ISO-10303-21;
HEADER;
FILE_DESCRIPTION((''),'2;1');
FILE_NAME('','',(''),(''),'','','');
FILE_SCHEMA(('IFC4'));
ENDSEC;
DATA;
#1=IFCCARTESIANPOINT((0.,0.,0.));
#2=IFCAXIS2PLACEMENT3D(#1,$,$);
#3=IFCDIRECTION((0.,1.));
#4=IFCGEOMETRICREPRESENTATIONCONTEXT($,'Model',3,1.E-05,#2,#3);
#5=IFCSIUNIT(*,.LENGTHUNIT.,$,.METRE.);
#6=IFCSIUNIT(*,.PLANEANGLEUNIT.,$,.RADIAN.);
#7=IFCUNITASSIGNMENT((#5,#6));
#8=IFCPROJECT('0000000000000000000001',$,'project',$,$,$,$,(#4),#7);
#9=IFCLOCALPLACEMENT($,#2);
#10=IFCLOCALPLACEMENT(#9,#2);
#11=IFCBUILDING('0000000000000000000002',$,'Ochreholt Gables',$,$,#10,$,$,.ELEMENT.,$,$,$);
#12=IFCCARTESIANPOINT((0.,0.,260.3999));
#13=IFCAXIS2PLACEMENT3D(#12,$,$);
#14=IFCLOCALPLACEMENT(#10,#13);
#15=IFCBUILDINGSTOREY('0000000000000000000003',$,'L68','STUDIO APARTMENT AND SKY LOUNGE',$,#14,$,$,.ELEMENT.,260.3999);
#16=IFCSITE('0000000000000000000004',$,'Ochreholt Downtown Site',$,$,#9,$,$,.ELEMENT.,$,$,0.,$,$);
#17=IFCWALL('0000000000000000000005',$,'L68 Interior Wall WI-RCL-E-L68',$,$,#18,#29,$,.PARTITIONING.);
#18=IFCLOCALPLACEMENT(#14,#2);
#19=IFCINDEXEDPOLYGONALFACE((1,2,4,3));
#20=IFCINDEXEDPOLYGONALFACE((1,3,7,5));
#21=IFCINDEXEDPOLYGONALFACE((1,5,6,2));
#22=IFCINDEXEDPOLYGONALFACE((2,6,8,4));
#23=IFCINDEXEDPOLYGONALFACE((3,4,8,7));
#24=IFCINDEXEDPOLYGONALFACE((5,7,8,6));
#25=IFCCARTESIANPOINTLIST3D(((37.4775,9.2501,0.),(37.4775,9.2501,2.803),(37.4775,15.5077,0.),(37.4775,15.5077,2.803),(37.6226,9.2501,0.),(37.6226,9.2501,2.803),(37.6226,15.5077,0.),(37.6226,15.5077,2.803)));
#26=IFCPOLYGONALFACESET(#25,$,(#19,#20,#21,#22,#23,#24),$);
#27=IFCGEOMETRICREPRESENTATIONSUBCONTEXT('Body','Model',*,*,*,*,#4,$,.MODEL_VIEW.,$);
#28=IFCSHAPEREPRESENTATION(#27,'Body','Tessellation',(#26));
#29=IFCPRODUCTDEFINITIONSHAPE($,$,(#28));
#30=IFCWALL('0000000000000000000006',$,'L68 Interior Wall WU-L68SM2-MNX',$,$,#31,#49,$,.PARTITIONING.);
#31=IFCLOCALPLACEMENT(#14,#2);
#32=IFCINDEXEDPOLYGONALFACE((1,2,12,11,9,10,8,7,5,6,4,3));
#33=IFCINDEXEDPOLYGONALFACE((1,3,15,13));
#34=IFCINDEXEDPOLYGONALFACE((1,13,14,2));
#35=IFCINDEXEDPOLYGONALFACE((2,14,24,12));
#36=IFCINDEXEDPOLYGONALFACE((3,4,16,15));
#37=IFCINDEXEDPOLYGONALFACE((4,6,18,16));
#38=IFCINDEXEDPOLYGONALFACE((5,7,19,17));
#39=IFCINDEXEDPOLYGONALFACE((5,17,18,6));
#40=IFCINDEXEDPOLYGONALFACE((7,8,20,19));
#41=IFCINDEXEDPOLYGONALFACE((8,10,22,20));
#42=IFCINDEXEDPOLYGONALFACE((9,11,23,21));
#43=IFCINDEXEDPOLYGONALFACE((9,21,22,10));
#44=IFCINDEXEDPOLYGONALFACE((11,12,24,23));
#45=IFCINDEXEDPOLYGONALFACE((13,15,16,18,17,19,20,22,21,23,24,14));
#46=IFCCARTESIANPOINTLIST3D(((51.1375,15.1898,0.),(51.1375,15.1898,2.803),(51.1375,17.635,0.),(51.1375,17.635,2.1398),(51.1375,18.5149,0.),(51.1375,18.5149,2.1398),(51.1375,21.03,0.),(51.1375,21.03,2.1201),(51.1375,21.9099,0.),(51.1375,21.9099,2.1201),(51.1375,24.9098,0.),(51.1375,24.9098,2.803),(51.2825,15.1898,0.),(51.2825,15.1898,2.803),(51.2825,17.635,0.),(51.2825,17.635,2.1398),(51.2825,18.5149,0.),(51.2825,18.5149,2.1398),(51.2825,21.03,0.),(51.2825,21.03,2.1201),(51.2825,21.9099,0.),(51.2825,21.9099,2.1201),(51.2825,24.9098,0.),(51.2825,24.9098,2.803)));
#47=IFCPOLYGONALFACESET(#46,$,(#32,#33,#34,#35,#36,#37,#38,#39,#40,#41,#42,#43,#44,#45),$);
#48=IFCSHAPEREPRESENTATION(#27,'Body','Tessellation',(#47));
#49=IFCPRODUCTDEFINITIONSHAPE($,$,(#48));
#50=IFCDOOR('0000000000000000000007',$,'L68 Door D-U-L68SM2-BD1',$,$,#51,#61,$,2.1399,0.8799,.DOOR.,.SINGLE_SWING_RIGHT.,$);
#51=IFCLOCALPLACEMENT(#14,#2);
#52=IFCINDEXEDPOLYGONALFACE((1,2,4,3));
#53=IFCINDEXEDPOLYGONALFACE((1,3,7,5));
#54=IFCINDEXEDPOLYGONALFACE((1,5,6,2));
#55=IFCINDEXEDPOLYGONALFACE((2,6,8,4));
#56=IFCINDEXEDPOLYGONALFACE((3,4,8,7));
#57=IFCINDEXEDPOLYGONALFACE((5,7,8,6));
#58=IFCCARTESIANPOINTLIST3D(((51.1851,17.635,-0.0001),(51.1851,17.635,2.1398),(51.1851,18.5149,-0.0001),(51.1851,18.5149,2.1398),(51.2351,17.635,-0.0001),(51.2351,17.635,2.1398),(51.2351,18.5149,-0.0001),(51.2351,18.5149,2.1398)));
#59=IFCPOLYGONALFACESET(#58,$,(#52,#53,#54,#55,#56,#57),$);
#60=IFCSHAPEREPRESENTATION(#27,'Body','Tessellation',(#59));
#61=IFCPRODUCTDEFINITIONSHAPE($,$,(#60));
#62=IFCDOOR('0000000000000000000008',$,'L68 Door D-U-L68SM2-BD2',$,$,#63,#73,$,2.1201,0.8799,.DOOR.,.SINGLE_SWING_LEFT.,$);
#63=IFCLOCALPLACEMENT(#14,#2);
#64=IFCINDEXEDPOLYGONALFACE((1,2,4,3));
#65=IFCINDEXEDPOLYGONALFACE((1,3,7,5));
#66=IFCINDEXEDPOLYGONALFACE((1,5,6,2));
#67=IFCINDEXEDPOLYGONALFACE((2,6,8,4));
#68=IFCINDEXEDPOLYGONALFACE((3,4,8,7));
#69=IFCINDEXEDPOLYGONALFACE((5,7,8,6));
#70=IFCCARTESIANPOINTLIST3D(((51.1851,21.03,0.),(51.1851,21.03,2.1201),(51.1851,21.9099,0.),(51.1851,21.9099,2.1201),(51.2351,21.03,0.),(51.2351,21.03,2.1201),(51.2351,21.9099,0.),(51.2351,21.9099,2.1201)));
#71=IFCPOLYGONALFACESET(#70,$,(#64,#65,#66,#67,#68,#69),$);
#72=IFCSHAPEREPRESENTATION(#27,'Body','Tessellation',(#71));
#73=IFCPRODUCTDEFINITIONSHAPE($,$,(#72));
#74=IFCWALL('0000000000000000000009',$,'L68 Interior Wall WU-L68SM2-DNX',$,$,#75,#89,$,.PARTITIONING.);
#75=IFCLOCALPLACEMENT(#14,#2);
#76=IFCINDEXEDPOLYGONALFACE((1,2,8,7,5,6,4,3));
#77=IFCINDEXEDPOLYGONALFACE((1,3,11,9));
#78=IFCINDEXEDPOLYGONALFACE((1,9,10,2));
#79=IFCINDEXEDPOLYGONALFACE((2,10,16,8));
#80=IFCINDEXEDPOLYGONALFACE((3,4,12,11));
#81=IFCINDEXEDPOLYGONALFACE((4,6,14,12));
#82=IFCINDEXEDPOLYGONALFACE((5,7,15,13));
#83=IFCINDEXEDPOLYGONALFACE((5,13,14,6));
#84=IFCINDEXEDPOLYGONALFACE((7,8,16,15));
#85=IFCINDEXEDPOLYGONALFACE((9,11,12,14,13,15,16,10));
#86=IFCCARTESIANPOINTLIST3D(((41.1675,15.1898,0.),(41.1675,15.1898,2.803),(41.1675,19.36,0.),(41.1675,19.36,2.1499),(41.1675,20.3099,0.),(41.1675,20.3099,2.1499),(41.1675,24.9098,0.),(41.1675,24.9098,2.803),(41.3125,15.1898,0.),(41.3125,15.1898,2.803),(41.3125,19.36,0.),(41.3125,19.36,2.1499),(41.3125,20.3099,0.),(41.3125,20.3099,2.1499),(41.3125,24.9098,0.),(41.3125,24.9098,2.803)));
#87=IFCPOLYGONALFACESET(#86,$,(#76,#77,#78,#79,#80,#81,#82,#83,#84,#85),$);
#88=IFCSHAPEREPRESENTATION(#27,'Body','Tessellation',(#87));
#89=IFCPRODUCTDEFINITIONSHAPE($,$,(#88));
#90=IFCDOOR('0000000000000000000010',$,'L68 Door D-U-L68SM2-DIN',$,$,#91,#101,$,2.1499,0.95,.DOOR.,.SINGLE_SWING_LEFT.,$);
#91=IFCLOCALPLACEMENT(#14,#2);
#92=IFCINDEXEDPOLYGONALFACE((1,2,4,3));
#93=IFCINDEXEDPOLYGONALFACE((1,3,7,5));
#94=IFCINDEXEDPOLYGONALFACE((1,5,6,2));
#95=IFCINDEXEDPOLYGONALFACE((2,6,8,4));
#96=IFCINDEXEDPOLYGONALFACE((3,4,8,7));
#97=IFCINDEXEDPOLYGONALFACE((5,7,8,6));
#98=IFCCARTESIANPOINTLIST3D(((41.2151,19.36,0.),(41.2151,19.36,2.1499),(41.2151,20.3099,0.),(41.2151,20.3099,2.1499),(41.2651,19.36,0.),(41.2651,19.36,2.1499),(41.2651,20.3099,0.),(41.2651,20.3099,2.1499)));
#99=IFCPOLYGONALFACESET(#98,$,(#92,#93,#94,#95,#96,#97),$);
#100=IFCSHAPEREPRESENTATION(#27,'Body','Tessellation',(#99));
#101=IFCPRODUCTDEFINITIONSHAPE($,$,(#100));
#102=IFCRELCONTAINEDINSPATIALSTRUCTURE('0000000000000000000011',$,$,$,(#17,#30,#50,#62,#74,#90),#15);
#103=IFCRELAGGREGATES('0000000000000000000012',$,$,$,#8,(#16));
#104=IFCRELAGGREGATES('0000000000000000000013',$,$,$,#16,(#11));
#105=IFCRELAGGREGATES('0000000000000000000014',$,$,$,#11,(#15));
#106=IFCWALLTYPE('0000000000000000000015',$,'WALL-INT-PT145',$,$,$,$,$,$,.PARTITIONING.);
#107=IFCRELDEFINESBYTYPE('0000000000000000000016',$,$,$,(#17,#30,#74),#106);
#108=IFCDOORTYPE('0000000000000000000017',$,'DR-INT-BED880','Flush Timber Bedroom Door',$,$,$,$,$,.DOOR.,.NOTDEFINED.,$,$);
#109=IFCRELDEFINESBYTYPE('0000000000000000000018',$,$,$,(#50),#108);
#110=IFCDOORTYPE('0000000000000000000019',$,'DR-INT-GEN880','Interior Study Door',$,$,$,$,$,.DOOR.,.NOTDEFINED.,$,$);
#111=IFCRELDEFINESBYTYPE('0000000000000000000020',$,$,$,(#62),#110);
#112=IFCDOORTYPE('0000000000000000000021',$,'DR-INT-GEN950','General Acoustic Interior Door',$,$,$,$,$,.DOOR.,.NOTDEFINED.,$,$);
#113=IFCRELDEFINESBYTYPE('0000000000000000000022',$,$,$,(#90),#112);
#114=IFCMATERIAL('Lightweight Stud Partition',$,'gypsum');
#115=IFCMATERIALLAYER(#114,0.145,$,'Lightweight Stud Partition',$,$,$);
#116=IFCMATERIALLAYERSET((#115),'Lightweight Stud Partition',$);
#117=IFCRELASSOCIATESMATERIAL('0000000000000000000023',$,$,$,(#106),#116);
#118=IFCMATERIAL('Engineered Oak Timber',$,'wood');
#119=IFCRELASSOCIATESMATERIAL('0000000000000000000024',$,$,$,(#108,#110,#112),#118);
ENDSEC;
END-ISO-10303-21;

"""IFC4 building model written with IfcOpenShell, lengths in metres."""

from ifc_helpers import new_model, si_unit, direction, frame, frame_2d, origin, place, context, subcontext, project, spatial, rectangle, extrude, material, layer, layer_set, type_object, element, fill, save


model = new_model("IFC4")

# Units and contexts
model_context = context("Model", 3, precision=1e-05, world=origin(), true_north=direction((0.0, 1.0)))
body_context = subcontext(model_context, "Body", "Model", "MODEL_VIEW")
ifc_project = project(units=[si_unit("LENGTHUNIT", "METRE"), si_unit("PLANEANGLEUNIT", "RADIAN")], contexts=[model_context])

# Site, building, storey
site_placement = place(None, origin())
site = spatial("IfcSite", under=ifc_project, at=site_placement, Name="Ochreholt Downtown Site", CompositionType="ELEMENT", RefElevation=0.0)
building_placement = place(site_placement, origin())
building = spatial("IfcBuilding", under=site, at=building_placement, Name="Ochreholt Gables", CompositionType="ELEMENT")
storey_placement = place(building_placement, frame((0.0, 0.0, 260.3999)))
storey = spatial("IfcBuildingStorey", under=building, at=storey_placement, Name="L68", Description="STUDIO APARTMENT AND SKY LOUNGE", CompositionType="ELEMENT", Elevation=260.3999)

# Wall
ifc_material_1 = material(Name="Lightweight Stud Partition", Category="gypsum")
ifc_layer_1 = layer(ifc_material_1, 0.145, Name="Lightweight Stud Partition")
ifc_layer_set_1 = layer_set([ifc_layer_1], Name="Lightweight Stud Partition")
wall_type_1 = type_object("IfcWallType", Name="WALL-INT-PT145", PredefinedType="PARTITIONING", material=ifc_layer_set_1)
wall_1_placement = place(storey_placement, frame((37.55, 9.25, 0.0), z_axis=(0.0, 0.0, 1.0), x_axis=(0.0, 1.0, 0.0)))
element("IfcWall", 1, at=wall_1_placement, inside=storey, type_object=wall_type_1, Name="L68 Interior Wall WI-RCL-E-L68", PredefinedType="PARTITIONING", context=body_context, shape_type="SweptSolid", body=[
    extrude(rectangle(XDim=6.2576, YDim=0.145, at=frame_2d((3.1289, 0.0))), origin(), (0.0, 0.0, 1.0), 2.803),
])

# Wall, openings, doors
wall_2_placement = place(storey_placement, frame((51.21, 15.1899, 0.0), z_axis=(0.0, 0.0, 1.0), x_axis=(0.0, 1.0, 0.0)))
wall_2 = element("IfcWall", 2, at=wall_2_placement, inside=storey, type_object=wall_type_1, Name="L68 Interior Wall WU-L68SM2-MNX", PredefinedType="PARTITIONING", context=body_context, shape_type="SweptSolid", body=[
    extrude(rectangle(XDim=9.72, YDim=0.145, at=frame_2d((4.8599, 0.0))), origin(), (0.0, 0.0, 1.0), 2.803),
])
opening_1_placement = place(wall_2_placement, frame((2.4451, 0.0, 0.0)))
opening_1 = element("IfcOpeningElement", 3, at=opening_1_placement, cuts=wall_2, PredefinedType="OPENING", context=body_context, shape_type="SweptSolid", body=[
    extrude(rectangle(XDim=0.8799, YDim=2.1399, at=frame_2d((0.4399, 1.0698))), frame((0.0, 0.0825, 0.0), z_axis=(0.0, -1.0, 0.0), x_axis=(1.0, 0.0, 0.0)), (0.0, 0.0, 1.0), 0.165),
])
opening_2_placement = place(wall_2_placement, frame((5.8401, 0.0, 0.0)))
opening_2 = element("IfcOpeningElement", 4, at=opening_2_placement, cuts=wall_2, PredefinedType="OPENING", context=body_context, shape_type="SweptSolid", body=[
    extrude(rectangle(XDim=0.8799, YDim=2.1201, at=frame_2d((0.4399, 1.0601))), frame((0.0, 0.0825, 0.0), z_axis=(0.0, -1.0, 0.0), x_axis=(1.0, 0.0, 0.0)), (0.0, 0.0, 1.0), 0.165),
])
ifc_material_2 = material(Name="Engineered Oak Timber", Category="wood")
door_type_1 = type_object("IfcDoorType", Name="DR-INT-BED880", Description="Flush Timber Bedroom Door", OperationType="NOTDEFINED", PredefinedType="DOOR", material=ifc_material_2)
door_1_placement = place(opening_1_placement, origin())
door_1 = element("IfcDoor", 5, at=door_1_placement, inside=storey, type_object=door_type_1, Name="L68 Door D-U-L68SM2-BD1", OperationType="SINGLE_SWING_RIGHT", OverallHeight=2.1399, OverallWidth=0.8799, PredefinedType="DOOR", context=body_context, shape_type="SweptSolid", body=[
    extrude(rectangle(XDim=0.8799, YDim=2.1399, at=frame_2d((0.4399, 1.0698))), frame((0.0, 0.0249, 0.0), z_axis=(0.0, -1.0, 0.0), x_axis=(1.0, 0.0, 0.0)), (0.0, 0.0, 1.0), 0.05),
])
fill(opening_1, door_1)
door_type_2 = type_object("IfcDoorType", Name="DR-INT-GEN880", Description="Interior Study Door", OperationType="NOTDEFINED", PredefinedType="DOOR", material=ifc_material_2)
door_2_placement = place(opening_2_placement, origin())
door_2 = element("IfcDoor", 6, at=door_2_placement, inside=storey, type_object=door_type_2, Name="L68 Door D-U-L68SM2-BD2", OperationType="SINGLE_SWING_LEFT", OverallHeight=2.1201, OverallWidth=0.8799, PredefinedType="DOOR", context=body_context, shape_type="SweptSolid", body=[
    extrude(rectangle(XDim=0.8799, YDim=2.1201, at=frame_2d((0.4399, 1.0601))), frame((0.0, 0.0249, 0.0), z_axis=(0.0, -1.0, 0.0), x_axis=(1.0, 0.0, 0.0)), (0.0, 0.0, 1.0), 0.05),
])
fill(opening_2, door_2)

# Wall, opening, door
wall_3_placement = place(storey_placement, frame((41.24, 15.1899, 0.0), z_axis=(0.0, 0.0, 1.0), x_axis=(0.0, 1.0, 0.0)))
wall_3 = element("IfcWall", 7, at=wall_3_placement, inside=storey, type_object=wall_type_1, Name="L68 Interior Wall WU-L68SM2-DNX", PredefinedType="PARTITIONING", context=body_context, shape_type="SweptSolid", body=[
    extrude(rectangle(XDim=9.72, YDim=0.145, at=frame_2d((4.8599, 0.0))), origin(), (0.0, 0.0, 1.0), 2.803),
])
opening_3_placement = place(wall_3_placement, frame((4.1699, 0.0, 0.0)))
opening_3 = element("IfcOpeningElement", 8, at=opening_3_placement, cuts=wall_3, PredefinedType="OPENING", context=body_context, shape_type="SweptSolid", body=[
    extrude(rectangle(XDim=0.95, YDim=2.1499, at=frame_2d((0.4751, 1.075))), frame((0.0, 0.0825, 0.0), z_axis=(0.0, -1.0, 0.0), x_axis=(1.0, 0.0, 0.0)), (0.0, 0.0, 1.0), 0.165),
])
door_type_3 = type_object("IfcDoorType", Name="DR-INT-GEN950", Description="General Acoustic Interior Door", OperationType="NOTDEFINED", PredefinedType="DOOR", material=ifc_material_2)
door_3_placement = place(opening_3_placement, origin())
door_3 = element("IfcDoor", 9, at=door_3_placement, inside=storey, type_object=door_type_3, Name="L68 Door D-U-L68SM2-DIN", OperationType="SINGLE_SWING_LEFT", OverallHeight=2.1499, OverallWidth=0.95, PredefinedType="DOOR", context=body_context, shape_type="SweptSolid", body=[
    extrude(rectangle(XDim=0.95, YDim=2.1499, at=frame_2d((0.4751, 1.075))), frame((0.0, 0.0249, 0.0), z_axis=(0.0, -1.0, 0.0), x_axis=(1.0, 0.0, 0.0)), (0.0, 0.0, 1.0), 0.05),
])
fill(opening_3, door_3)

save(model, "model.ifc")
